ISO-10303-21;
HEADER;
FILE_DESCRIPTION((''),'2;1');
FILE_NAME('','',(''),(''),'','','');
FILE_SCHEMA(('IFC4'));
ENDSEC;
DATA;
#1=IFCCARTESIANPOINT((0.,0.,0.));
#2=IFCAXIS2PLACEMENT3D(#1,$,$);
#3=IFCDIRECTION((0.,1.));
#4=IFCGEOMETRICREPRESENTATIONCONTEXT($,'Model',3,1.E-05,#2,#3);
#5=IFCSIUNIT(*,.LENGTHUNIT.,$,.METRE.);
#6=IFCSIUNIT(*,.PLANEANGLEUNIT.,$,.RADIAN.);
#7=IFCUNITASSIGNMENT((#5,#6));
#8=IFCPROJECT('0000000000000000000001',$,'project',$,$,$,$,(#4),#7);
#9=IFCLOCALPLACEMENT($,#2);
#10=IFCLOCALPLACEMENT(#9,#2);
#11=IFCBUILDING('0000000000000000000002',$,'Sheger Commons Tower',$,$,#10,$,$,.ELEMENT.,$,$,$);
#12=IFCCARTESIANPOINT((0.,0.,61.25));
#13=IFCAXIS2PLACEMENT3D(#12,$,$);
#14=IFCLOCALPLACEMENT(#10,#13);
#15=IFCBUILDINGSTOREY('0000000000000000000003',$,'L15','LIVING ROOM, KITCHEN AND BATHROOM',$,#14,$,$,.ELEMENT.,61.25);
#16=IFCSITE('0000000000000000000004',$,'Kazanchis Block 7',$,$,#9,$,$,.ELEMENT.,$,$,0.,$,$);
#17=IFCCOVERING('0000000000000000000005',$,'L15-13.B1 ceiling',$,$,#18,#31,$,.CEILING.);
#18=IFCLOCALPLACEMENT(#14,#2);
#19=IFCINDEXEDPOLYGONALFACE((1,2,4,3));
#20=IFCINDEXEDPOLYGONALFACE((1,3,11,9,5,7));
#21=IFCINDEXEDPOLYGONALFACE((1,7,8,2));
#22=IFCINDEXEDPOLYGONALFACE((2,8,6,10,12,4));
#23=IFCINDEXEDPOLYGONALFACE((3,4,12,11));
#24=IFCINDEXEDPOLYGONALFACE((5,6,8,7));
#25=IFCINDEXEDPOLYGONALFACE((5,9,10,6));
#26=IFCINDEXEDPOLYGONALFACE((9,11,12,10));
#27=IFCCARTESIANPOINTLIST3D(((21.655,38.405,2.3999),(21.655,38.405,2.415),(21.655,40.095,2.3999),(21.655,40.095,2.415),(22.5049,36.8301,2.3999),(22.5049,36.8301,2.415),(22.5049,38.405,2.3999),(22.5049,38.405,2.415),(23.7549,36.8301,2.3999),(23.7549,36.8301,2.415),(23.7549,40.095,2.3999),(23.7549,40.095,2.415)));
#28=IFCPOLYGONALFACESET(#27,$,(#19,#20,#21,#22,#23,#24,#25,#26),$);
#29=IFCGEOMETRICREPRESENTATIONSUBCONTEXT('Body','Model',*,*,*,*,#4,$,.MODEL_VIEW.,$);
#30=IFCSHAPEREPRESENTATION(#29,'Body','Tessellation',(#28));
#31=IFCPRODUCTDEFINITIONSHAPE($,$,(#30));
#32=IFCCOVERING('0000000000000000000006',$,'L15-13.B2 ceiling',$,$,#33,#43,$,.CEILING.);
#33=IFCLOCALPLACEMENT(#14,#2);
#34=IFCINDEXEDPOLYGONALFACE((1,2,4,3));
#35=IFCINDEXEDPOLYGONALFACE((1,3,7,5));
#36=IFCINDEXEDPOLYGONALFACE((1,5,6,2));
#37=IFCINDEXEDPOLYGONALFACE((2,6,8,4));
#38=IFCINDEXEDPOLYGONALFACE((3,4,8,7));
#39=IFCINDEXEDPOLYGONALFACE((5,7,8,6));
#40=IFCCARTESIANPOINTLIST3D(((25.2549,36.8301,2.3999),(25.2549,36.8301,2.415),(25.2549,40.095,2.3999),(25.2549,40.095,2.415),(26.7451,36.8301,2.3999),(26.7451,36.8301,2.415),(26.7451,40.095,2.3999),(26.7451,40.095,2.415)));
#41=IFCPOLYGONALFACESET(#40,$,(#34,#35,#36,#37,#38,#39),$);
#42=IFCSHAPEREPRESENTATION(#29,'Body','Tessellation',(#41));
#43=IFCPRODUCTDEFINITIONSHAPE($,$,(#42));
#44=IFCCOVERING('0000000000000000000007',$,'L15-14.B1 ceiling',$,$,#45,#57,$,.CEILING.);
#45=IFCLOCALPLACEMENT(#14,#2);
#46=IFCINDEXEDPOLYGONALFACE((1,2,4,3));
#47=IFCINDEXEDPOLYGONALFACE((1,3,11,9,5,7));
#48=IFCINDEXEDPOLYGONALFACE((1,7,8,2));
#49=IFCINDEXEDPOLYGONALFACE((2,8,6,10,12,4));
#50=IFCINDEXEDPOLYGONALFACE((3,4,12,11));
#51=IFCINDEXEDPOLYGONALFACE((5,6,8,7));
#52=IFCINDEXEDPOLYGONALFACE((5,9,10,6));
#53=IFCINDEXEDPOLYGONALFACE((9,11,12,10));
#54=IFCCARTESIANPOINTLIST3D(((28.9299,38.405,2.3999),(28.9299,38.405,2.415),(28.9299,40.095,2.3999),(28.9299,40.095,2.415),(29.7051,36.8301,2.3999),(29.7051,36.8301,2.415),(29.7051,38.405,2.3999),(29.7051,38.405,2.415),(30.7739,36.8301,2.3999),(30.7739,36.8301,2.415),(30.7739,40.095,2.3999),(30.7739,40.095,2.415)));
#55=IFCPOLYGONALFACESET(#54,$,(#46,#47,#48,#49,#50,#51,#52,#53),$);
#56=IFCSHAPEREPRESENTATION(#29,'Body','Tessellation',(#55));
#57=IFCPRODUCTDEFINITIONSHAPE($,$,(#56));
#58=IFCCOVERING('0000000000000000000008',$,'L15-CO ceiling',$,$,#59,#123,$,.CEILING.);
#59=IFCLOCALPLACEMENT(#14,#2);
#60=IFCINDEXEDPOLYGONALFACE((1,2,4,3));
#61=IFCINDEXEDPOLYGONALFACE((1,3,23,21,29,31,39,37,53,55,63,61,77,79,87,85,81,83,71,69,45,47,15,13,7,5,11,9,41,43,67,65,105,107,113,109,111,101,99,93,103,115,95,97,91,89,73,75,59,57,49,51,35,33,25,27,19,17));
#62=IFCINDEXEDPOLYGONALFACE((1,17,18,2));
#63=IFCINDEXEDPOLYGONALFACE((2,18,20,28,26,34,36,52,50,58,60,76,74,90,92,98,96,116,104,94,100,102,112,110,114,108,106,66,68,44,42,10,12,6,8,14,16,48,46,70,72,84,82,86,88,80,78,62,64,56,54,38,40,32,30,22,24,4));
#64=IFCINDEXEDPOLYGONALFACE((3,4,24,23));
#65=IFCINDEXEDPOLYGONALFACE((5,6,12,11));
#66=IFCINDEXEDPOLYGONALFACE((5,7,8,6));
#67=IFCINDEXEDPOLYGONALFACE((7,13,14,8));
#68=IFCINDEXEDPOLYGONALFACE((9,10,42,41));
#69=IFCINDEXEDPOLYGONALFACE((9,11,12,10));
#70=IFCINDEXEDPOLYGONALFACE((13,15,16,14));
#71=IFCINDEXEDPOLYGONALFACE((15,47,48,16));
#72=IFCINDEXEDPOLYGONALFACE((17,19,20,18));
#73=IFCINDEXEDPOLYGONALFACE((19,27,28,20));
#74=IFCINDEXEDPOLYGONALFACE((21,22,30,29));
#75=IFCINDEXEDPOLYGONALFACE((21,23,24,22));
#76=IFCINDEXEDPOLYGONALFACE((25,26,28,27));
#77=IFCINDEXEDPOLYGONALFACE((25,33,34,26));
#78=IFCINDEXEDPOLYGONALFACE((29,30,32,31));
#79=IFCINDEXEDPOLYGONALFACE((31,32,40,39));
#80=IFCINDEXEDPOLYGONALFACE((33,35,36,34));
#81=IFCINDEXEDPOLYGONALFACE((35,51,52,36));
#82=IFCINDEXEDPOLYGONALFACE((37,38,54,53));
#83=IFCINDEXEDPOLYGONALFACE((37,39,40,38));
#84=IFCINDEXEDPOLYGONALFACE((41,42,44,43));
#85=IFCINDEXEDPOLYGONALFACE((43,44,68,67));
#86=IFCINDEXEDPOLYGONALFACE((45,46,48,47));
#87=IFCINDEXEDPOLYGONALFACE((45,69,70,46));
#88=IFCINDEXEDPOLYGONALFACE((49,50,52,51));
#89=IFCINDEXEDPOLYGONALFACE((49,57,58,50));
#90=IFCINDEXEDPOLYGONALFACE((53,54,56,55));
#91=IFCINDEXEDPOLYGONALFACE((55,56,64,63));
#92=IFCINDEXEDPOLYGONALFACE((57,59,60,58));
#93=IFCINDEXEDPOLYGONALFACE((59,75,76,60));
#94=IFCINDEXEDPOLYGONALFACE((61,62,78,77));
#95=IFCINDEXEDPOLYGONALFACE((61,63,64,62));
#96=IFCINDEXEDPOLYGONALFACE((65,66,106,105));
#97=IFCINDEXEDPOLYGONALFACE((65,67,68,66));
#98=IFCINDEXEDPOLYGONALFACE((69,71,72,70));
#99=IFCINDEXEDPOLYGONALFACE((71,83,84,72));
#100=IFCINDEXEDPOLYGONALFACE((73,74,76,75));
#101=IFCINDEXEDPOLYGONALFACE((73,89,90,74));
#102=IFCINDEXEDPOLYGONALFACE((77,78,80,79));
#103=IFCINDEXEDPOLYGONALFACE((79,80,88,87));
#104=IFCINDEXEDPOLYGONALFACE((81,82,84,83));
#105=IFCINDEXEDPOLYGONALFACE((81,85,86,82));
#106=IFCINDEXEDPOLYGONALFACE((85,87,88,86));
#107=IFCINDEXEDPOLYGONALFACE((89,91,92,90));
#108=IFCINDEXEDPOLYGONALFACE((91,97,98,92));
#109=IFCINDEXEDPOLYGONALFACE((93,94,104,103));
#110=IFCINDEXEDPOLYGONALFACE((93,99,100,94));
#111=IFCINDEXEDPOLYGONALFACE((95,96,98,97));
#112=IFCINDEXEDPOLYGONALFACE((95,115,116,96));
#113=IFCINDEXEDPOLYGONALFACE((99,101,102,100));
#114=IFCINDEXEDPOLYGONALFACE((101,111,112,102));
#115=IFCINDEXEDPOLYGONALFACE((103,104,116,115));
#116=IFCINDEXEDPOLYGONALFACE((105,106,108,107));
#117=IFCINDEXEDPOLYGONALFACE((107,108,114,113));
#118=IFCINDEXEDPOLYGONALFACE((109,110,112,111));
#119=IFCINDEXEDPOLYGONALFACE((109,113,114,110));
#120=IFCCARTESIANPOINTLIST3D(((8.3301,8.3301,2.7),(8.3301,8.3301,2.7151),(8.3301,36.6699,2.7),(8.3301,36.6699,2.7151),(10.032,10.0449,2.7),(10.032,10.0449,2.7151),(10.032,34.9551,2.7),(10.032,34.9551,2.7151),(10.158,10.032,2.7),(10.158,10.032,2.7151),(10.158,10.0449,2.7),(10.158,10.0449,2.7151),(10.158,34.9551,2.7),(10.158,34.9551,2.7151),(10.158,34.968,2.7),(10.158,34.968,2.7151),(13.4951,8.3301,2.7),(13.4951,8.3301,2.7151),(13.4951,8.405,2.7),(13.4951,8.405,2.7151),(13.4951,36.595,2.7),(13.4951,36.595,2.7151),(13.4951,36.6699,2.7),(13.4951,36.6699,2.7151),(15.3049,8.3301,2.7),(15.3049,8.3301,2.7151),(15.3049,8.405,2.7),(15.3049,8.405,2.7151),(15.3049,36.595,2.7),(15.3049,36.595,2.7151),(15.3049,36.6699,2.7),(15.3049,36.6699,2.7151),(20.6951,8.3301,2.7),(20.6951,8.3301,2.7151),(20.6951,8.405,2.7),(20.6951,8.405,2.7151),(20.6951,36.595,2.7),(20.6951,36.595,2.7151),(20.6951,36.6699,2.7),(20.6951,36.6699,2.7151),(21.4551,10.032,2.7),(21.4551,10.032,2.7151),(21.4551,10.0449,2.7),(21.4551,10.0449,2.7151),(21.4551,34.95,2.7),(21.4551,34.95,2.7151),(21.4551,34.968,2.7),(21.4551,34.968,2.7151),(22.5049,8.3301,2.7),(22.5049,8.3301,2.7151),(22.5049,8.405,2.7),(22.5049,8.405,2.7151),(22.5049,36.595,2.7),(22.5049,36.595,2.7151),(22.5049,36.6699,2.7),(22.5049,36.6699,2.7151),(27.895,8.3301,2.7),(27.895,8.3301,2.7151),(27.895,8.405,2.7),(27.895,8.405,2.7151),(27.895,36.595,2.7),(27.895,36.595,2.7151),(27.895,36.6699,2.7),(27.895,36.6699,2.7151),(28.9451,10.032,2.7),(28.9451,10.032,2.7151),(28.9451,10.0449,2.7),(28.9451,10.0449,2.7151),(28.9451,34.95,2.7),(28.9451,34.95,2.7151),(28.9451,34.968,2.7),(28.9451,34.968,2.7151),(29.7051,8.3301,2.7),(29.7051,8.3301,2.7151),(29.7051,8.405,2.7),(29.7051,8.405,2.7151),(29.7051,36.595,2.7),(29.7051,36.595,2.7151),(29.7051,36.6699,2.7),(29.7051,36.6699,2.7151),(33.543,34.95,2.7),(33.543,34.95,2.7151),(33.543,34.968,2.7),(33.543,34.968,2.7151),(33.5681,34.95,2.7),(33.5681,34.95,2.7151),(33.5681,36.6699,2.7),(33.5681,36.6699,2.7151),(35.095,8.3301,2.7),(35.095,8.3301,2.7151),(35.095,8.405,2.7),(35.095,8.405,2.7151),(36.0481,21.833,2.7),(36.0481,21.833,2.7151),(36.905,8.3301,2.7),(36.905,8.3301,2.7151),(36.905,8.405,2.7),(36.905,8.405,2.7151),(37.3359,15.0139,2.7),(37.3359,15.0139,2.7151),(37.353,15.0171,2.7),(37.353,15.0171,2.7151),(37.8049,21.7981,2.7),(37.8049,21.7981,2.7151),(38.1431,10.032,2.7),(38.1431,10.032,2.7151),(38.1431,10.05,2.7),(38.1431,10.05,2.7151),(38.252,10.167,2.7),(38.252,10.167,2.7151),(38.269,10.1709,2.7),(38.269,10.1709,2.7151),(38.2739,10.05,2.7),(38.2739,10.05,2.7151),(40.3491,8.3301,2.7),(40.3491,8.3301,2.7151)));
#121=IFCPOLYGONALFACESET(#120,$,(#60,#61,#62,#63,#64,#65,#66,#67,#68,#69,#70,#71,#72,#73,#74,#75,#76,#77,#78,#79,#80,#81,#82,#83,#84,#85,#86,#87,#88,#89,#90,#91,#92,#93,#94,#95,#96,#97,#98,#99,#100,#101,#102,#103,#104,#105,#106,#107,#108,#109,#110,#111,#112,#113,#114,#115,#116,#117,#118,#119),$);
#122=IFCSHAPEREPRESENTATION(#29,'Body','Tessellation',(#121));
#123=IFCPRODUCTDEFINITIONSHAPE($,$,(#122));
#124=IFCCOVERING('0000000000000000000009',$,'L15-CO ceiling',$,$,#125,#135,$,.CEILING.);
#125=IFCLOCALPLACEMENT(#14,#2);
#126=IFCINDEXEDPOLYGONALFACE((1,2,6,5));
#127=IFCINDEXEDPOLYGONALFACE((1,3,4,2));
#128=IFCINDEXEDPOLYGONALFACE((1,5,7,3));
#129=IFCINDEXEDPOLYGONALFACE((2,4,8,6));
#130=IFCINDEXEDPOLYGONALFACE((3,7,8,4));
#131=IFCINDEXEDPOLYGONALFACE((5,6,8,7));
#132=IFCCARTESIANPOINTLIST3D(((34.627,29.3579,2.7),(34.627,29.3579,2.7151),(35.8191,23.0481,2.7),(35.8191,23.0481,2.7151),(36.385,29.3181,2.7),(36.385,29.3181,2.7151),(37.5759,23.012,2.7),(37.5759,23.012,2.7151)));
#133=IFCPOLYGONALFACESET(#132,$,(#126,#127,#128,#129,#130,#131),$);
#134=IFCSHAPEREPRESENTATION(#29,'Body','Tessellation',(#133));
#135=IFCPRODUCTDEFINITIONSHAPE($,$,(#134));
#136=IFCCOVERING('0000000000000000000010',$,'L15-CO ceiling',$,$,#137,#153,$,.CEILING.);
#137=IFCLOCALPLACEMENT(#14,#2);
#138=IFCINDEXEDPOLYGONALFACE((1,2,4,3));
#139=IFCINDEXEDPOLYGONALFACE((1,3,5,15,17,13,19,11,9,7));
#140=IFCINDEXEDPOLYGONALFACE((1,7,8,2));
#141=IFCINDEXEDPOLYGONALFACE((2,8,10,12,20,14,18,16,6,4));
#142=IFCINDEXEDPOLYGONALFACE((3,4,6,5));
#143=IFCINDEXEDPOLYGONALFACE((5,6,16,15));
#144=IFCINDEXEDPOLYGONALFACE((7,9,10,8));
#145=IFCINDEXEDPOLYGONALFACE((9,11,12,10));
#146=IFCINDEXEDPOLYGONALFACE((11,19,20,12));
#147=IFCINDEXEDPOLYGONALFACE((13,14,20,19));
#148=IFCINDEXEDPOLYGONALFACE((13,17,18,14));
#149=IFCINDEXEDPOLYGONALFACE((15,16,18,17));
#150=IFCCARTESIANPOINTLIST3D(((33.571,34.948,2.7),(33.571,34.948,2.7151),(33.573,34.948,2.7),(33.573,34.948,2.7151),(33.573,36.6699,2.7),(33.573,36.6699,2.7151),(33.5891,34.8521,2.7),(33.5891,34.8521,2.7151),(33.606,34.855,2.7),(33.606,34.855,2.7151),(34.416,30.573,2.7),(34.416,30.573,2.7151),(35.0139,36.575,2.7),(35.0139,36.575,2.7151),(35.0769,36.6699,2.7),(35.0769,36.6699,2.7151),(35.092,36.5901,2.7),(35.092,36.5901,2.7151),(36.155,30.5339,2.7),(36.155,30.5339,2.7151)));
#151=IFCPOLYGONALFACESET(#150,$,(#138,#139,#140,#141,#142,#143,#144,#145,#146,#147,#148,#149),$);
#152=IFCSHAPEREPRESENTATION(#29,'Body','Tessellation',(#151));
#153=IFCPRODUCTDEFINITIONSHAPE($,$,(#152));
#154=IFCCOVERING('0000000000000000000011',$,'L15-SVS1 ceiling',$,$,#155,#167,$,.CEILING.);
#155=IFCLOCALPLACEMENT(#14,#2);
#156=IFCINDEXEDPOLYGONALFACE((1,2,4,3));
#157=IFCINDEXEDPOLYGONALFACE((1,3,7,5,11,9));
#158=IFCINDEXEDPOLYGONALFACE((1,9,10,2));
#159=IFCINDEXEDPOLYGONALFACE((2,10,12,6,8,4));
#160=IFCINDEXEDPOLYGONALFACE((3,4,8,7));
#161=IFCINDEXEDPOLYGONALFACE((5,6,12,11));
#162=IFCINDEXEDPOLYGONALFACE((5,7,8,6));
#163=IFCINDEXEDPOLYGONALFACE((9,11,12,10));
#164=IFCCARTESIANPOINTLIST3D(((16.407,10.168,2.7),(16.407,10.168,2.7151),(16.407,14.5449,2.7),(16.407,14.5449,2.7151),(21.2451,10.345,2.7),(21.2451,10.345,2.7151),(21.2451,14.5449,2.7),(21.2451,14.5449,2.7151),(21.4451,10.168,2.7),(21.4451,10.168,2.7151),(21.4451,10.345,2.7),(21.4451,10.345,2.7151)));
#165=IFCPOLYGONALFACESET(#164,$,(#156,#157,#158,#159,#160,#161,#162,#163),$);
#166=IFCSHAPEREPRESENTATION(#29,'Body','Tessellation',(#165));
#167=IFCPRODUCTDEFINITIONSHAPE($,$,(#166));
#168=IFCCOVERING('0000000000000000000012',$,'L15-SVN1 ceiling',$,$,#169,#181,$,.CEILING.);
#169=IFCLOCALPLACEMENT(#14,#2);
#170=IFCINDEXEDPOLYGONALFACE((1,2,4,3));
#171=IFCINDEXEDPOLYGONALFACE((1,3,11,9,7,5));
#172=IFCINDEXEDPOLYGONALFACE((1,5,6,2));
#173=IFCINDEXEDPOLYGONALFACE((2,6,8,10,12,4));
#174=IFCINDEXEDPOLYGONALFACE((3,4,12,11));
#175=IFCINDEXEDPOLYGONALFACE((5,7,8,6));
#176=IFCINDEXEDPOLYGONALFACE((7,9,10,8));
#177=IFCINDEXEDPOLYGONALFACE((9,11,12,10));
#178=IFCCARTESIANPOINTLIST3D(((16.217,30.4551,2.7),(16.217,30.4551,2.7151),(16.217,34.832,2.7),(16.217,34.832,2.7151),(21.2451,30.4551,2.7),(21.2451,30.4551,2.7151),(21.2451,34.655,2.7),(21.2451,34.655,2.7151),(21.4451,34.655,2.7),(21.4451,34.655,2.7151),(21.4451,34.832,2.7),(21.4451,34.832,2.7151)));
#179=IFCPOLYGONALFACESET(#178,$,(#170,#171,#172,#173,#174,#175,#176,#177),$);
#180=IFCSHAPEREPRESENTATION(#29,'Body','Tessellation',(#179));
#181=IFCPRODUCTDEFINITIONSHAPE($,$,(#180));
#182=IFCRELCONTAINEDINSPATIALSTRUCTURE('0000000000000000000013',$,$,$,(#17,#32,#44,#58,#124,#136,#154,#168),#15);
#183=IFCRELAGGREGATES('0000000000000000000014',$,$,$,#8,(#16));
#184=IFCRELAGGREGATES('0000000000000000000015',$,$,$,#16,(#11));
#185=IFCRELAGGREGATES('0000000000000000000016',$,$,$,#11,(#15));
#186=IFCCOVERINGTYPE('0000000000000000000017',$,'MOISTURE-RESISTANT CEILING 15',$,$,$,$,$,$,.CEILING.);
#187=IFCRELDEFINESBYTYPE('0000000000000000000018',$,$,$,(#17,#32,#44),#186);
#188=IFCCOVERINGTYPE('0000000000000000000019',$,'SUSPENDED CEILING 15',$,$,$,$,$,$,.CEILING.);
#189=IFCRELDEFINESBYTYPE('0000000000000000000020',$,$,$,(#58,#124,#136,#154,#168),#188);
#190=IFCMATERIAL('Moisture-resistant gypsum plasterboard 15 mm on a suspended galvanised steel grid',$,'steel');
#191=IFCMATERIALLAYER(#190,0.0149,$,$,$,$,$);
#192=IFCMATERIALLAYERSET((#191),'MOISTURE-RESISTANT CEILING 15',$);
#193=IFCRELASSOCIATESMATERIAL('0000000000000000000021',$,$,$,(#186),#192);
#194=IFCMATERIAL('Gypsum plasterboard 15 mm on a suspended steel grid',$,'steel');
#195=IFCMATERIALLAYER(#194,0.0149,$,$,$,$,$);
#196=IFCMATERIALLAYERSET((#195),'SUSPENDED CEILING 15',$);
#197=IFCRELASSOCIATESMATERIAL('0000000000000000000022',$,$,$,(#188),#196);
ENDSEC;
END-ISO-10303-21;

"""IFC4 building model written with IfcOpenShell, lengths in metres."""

from ifc_helpers import new_model, si_unit, direction, frame, origin, place, context, subcontext, project, spatial, polyline, outline, extrude, material, layer, layer_set, type_object, element, save


model = new_model("IFC4")

# Units and contexts
model_context = context("Model", 3, precision=1e-05, world=origin(), true_north=direction((0.0, 1.0)))
body_context = subcontext(model_context, "Body", "Model", "MODEL_VIEW")
ifc_project = project(units=[si_unit("LENGTHUNIT", "METRE"), si_unit("PLANEANGLEUNIT", "RADIAN")], contexts=[model_context])

# Site, building, storey
site_placement = place(None, origin())
site = spatial("IfcSite", under=ifc_project, at=site_placement, Name="Kazanchis Block 7", CompositionType="ELEMENT", RefElevation=0.0)
building_placement = place(site_placement, origin())
building = spatial("IfcBuilding", under=site, at=building_placement, Name="Sheger Commons Tower", CompositionType="ELEMENT")
storey_placement = place(building_placement, frame((0.0, 0.0, 61.25)))
storey = spatial("IfcBuildingStorey", under=building, at=storey_placement, Name="L15", Description="LIVING ROOM, KITCHEN AND BATHROOM", CompositionType="ELEMENT", Elevation=61.25)

# Coverings
ifc_material_1 = material(Name="Moisture-resistant gypsum plasterboard 15 mm on a suspended galvanised steel grid", Category="steel")
ifc_layer_1 = layer(ifc_material_1, 0.0149)
ifc_layer_set_1 = layer_set([ifc_layer_1], Name="MOISTURE-RESISTANT CEILING 15")
covering_type_1 = type_object("IfcCoveringType", Name="MOISTURE-RESISTANT CEILING 15", PredefinedType="CEILING", material=ifc_layer_set_1)
covering_1_placement = place(storey_placement, frame((0.0, 0.0, 2.3999)))
element("IfcCovering", 1, at=covering_1_placement, inside=storey, type_object=covering_type_1, Name="L15-13.B1 ceiling", PredefinedType="CEILING", context=body_context, shape_type="SweptSolid", body=[
    extrude(outline(polyline([(22.5049, 36.8301), (23.7549, 36.8301), (23.7549, 40.095), (21.655, 40.095), (21.655, 38.405), (22.5049, 38.405), (22.5049, 36.8301)])), origin(), (0.0, 0.0, 1.0), 0.0151),
])
covering_2_placement = place(storey_placement, frame((0.0, 0.0, 2.3999)))
element("IfcCovering", 2, at=covering_2_placement, inside=storey, type_object=covering_type_1, Name="L15-13.B2 ceiling", PredefinedType="CEILING", context=body_context, shape_type="SweptSolid", body=[
    extrude(outline(polyline([(25.2549, 36.8301), (26.7451, 36.8301), (26.7451, 40.095), (25.2549, 40.095), (25.2549, 36.8301)])), origin(), (0.0, 0.0, 1.0), 0.0151),
])
covering_3_placement = place(storey_placement, frame((0.0, 0.0, 2.3999)))
element("IfcCovering", 3, at=covering_3_placement, inside=storey, type_object=covering_type_1, Name="L15-14.B1 ceiling", PredefinedType="CEILING", context=body_context, shape_type="SweptSolid", body=[
    extrude(outline(polyline([(29.7051, 36.8301), (30.7739, 36.8301), (30.7739, 40.095), (28.9299, 40.095), (28.9299, 38.405), (29.7051, 38.405), (29.7051, 36.8301)])), origin(), (0.0, 0.0, 1.0), 0.0151),
])
ifc_material_2 = material(Name="Gypsum plasterboard 15 mm on a suspended steel grid", Category="steel")
ifc_layer_2 = layer(ifc_material_2, 0.0149)
ifc_layer_set_2 = layer_set([ifc_layer_2], Name="SUSPENDED CEILING 15")
covering_type_2 = type_object("IfcCoveringType", Name="SUSPENDED CEILING 15", PredefinedType="CEILING", material=ifc_layer_set_2)
covering_4_placement = place(storey_placement, frame((0.0, 0.0, 2.7)))
element("IfcCovering", 4, at=covering_4_placement, inside=storey, type_object=covering_type_2, Name="L15-CO ceiling", PredefinedType="CEILING", context=body_context, shape_type="SweptSolid", body=[
    extrude(outline(polyline([(8.3301, 8.3301), (13.4951, 8.3301), (13.4951, 8.405), (15.3049, 8.405), (15.3049, 8.3301), (20.6951, 8.3301), (20.6951, 8.405), (22.5049, 8.405), (22.5049, 8.3301), (27.895, 8.3301), (27.895, 8.405), (29.7051, 8.405), (29.7051, 8.3301), (35.095, 8.3301), (35.095, 8.405), (36.905, 8.405), (36.905, 8.3301), (40.3491, 8.3301), (37.8049, 21.7981), (36.0481, 21.833), (37.3359, 15.0139), (37.353, 15.0171), (38.269, 10.1709), (38.252, 10.167), (38.2739, 10.05), (38.1431, 10.05), (38.1431, 10.032), (28.9451, 10.032), (28.9451, 10.0449), (21.4551, 10.0449), (21.4551, 10.032), (10.158, 10.032), (10.158, 10.0449), (10.032, 10.0449), (10.032, 34.9551), (10.158, 34.9551), (10.158, 34.968), (21.4551, 34.968), (21.4551, 34.95), (28.9451, 34.95), (28.9451, 34.968), (33.543, 34.968), (33.543, 34.95), (33.5681, 34.95), (33.5681, 36.6699), (29.7051, 36.6699), (29.7051, 36.595), (27.895, 36.595), (27.895, 36.6699), (22.5049, 36.6699), (22.5049, 36.595), (20.6951, 36.595), (20.6951, 36.6699), (15.3049, 36.6699), (15.3049, 36.595), (13.4951, 36.595), (13.4951, 36.6699), (8.3301, 36.6699), (8.3301, 8.3301)])), origin(), (0.0, 0.0, 1.0), 0.0151),
])
covering_5_placement = place(storey_placement, frame((0.0, 0.0, 2.7)))
element("IfcCovering", 5, at=covering_5_placement, inside=storey, type_object=covering_type_2, Name="L15-CO ceiling", PredefinedType="CEILING", context=body_context, shape_type="SweptSolid", body=[
    extrude(outline(polyline([(37.5759, 23.012), (36.385, 29.3181), (34.627, 29.3579), (35.8191, 23.0481), (37.5759, 23.012)])), origin(), (0.0, 0.0, 1.0), 0.0151),
])
covering_6_placement = place(storey_placement, frame((0.0, 0.0, 2.7)))
element("IfcCovering", 6, at=covering_6_placement, inside=storey, type_object=covering_type_2, Name="L15-CO ceiling", PredefinedType="CEILING", context=body_context, shape_type="SweptSolid", body=[
    extrude(outline(polyline([(36.155, 30.5339), (35.0139, 36.575), (35.092, 36.5901), (35.0769, 36.6699), (33.573, 36.6699), (33.573, 34.948), (33.571, 34.948), (33.5891, 34.8521), (33.606, 34.855), (34.416, 30.573), (36.155, 30.5339)])), origin(), (0.0, 0.0, 1.0), 0.0151),
])
covering_7_placement = place(storey_placement, frame((0.0, 0.0, 2.7)))
element("IfcCovering", 7, at=covering_7_placement, inside=storey, type_object=covering_type_2, Name="L15-SVS1 ceiling", PredefinedType="CEILING", context=body_context, shape_type="SweptSolid", body=[
    extrude(outline(polyline([(16.407, 10.168), (21.4451, 10.168), (21.4451, 10.345), (21.2451, 10.345), (21.2451, 14.5449), (16.407, 14.5449), (16.407, 10.168)])), origin(), (0.0, 0.0, 1.0), 0.0151),
])
covering_8_placement = place(storey_placement, frame((0.0, 0.0, 2.7)))
element("IfcCovering", 8, at=covering_8_placement, inside=storey, type_object=covering_type_2, Name="L15-SVN1 ceiling", PredefinedType="CEILING", context=body_context, shape_type="SweptSolid", body=[
    extrude(outline(polyline([(16.217, 30.4551), (21.2451, 30.4551), (21.2451, 34.655), (21.4451, 34.655), (21.4451, 34.832), (16.217, 34.832), (16.217, 30.4551)])), origin(), (0.0, 0.0, 1.0), 0.0151),
])

save(model, "model.ifc")
